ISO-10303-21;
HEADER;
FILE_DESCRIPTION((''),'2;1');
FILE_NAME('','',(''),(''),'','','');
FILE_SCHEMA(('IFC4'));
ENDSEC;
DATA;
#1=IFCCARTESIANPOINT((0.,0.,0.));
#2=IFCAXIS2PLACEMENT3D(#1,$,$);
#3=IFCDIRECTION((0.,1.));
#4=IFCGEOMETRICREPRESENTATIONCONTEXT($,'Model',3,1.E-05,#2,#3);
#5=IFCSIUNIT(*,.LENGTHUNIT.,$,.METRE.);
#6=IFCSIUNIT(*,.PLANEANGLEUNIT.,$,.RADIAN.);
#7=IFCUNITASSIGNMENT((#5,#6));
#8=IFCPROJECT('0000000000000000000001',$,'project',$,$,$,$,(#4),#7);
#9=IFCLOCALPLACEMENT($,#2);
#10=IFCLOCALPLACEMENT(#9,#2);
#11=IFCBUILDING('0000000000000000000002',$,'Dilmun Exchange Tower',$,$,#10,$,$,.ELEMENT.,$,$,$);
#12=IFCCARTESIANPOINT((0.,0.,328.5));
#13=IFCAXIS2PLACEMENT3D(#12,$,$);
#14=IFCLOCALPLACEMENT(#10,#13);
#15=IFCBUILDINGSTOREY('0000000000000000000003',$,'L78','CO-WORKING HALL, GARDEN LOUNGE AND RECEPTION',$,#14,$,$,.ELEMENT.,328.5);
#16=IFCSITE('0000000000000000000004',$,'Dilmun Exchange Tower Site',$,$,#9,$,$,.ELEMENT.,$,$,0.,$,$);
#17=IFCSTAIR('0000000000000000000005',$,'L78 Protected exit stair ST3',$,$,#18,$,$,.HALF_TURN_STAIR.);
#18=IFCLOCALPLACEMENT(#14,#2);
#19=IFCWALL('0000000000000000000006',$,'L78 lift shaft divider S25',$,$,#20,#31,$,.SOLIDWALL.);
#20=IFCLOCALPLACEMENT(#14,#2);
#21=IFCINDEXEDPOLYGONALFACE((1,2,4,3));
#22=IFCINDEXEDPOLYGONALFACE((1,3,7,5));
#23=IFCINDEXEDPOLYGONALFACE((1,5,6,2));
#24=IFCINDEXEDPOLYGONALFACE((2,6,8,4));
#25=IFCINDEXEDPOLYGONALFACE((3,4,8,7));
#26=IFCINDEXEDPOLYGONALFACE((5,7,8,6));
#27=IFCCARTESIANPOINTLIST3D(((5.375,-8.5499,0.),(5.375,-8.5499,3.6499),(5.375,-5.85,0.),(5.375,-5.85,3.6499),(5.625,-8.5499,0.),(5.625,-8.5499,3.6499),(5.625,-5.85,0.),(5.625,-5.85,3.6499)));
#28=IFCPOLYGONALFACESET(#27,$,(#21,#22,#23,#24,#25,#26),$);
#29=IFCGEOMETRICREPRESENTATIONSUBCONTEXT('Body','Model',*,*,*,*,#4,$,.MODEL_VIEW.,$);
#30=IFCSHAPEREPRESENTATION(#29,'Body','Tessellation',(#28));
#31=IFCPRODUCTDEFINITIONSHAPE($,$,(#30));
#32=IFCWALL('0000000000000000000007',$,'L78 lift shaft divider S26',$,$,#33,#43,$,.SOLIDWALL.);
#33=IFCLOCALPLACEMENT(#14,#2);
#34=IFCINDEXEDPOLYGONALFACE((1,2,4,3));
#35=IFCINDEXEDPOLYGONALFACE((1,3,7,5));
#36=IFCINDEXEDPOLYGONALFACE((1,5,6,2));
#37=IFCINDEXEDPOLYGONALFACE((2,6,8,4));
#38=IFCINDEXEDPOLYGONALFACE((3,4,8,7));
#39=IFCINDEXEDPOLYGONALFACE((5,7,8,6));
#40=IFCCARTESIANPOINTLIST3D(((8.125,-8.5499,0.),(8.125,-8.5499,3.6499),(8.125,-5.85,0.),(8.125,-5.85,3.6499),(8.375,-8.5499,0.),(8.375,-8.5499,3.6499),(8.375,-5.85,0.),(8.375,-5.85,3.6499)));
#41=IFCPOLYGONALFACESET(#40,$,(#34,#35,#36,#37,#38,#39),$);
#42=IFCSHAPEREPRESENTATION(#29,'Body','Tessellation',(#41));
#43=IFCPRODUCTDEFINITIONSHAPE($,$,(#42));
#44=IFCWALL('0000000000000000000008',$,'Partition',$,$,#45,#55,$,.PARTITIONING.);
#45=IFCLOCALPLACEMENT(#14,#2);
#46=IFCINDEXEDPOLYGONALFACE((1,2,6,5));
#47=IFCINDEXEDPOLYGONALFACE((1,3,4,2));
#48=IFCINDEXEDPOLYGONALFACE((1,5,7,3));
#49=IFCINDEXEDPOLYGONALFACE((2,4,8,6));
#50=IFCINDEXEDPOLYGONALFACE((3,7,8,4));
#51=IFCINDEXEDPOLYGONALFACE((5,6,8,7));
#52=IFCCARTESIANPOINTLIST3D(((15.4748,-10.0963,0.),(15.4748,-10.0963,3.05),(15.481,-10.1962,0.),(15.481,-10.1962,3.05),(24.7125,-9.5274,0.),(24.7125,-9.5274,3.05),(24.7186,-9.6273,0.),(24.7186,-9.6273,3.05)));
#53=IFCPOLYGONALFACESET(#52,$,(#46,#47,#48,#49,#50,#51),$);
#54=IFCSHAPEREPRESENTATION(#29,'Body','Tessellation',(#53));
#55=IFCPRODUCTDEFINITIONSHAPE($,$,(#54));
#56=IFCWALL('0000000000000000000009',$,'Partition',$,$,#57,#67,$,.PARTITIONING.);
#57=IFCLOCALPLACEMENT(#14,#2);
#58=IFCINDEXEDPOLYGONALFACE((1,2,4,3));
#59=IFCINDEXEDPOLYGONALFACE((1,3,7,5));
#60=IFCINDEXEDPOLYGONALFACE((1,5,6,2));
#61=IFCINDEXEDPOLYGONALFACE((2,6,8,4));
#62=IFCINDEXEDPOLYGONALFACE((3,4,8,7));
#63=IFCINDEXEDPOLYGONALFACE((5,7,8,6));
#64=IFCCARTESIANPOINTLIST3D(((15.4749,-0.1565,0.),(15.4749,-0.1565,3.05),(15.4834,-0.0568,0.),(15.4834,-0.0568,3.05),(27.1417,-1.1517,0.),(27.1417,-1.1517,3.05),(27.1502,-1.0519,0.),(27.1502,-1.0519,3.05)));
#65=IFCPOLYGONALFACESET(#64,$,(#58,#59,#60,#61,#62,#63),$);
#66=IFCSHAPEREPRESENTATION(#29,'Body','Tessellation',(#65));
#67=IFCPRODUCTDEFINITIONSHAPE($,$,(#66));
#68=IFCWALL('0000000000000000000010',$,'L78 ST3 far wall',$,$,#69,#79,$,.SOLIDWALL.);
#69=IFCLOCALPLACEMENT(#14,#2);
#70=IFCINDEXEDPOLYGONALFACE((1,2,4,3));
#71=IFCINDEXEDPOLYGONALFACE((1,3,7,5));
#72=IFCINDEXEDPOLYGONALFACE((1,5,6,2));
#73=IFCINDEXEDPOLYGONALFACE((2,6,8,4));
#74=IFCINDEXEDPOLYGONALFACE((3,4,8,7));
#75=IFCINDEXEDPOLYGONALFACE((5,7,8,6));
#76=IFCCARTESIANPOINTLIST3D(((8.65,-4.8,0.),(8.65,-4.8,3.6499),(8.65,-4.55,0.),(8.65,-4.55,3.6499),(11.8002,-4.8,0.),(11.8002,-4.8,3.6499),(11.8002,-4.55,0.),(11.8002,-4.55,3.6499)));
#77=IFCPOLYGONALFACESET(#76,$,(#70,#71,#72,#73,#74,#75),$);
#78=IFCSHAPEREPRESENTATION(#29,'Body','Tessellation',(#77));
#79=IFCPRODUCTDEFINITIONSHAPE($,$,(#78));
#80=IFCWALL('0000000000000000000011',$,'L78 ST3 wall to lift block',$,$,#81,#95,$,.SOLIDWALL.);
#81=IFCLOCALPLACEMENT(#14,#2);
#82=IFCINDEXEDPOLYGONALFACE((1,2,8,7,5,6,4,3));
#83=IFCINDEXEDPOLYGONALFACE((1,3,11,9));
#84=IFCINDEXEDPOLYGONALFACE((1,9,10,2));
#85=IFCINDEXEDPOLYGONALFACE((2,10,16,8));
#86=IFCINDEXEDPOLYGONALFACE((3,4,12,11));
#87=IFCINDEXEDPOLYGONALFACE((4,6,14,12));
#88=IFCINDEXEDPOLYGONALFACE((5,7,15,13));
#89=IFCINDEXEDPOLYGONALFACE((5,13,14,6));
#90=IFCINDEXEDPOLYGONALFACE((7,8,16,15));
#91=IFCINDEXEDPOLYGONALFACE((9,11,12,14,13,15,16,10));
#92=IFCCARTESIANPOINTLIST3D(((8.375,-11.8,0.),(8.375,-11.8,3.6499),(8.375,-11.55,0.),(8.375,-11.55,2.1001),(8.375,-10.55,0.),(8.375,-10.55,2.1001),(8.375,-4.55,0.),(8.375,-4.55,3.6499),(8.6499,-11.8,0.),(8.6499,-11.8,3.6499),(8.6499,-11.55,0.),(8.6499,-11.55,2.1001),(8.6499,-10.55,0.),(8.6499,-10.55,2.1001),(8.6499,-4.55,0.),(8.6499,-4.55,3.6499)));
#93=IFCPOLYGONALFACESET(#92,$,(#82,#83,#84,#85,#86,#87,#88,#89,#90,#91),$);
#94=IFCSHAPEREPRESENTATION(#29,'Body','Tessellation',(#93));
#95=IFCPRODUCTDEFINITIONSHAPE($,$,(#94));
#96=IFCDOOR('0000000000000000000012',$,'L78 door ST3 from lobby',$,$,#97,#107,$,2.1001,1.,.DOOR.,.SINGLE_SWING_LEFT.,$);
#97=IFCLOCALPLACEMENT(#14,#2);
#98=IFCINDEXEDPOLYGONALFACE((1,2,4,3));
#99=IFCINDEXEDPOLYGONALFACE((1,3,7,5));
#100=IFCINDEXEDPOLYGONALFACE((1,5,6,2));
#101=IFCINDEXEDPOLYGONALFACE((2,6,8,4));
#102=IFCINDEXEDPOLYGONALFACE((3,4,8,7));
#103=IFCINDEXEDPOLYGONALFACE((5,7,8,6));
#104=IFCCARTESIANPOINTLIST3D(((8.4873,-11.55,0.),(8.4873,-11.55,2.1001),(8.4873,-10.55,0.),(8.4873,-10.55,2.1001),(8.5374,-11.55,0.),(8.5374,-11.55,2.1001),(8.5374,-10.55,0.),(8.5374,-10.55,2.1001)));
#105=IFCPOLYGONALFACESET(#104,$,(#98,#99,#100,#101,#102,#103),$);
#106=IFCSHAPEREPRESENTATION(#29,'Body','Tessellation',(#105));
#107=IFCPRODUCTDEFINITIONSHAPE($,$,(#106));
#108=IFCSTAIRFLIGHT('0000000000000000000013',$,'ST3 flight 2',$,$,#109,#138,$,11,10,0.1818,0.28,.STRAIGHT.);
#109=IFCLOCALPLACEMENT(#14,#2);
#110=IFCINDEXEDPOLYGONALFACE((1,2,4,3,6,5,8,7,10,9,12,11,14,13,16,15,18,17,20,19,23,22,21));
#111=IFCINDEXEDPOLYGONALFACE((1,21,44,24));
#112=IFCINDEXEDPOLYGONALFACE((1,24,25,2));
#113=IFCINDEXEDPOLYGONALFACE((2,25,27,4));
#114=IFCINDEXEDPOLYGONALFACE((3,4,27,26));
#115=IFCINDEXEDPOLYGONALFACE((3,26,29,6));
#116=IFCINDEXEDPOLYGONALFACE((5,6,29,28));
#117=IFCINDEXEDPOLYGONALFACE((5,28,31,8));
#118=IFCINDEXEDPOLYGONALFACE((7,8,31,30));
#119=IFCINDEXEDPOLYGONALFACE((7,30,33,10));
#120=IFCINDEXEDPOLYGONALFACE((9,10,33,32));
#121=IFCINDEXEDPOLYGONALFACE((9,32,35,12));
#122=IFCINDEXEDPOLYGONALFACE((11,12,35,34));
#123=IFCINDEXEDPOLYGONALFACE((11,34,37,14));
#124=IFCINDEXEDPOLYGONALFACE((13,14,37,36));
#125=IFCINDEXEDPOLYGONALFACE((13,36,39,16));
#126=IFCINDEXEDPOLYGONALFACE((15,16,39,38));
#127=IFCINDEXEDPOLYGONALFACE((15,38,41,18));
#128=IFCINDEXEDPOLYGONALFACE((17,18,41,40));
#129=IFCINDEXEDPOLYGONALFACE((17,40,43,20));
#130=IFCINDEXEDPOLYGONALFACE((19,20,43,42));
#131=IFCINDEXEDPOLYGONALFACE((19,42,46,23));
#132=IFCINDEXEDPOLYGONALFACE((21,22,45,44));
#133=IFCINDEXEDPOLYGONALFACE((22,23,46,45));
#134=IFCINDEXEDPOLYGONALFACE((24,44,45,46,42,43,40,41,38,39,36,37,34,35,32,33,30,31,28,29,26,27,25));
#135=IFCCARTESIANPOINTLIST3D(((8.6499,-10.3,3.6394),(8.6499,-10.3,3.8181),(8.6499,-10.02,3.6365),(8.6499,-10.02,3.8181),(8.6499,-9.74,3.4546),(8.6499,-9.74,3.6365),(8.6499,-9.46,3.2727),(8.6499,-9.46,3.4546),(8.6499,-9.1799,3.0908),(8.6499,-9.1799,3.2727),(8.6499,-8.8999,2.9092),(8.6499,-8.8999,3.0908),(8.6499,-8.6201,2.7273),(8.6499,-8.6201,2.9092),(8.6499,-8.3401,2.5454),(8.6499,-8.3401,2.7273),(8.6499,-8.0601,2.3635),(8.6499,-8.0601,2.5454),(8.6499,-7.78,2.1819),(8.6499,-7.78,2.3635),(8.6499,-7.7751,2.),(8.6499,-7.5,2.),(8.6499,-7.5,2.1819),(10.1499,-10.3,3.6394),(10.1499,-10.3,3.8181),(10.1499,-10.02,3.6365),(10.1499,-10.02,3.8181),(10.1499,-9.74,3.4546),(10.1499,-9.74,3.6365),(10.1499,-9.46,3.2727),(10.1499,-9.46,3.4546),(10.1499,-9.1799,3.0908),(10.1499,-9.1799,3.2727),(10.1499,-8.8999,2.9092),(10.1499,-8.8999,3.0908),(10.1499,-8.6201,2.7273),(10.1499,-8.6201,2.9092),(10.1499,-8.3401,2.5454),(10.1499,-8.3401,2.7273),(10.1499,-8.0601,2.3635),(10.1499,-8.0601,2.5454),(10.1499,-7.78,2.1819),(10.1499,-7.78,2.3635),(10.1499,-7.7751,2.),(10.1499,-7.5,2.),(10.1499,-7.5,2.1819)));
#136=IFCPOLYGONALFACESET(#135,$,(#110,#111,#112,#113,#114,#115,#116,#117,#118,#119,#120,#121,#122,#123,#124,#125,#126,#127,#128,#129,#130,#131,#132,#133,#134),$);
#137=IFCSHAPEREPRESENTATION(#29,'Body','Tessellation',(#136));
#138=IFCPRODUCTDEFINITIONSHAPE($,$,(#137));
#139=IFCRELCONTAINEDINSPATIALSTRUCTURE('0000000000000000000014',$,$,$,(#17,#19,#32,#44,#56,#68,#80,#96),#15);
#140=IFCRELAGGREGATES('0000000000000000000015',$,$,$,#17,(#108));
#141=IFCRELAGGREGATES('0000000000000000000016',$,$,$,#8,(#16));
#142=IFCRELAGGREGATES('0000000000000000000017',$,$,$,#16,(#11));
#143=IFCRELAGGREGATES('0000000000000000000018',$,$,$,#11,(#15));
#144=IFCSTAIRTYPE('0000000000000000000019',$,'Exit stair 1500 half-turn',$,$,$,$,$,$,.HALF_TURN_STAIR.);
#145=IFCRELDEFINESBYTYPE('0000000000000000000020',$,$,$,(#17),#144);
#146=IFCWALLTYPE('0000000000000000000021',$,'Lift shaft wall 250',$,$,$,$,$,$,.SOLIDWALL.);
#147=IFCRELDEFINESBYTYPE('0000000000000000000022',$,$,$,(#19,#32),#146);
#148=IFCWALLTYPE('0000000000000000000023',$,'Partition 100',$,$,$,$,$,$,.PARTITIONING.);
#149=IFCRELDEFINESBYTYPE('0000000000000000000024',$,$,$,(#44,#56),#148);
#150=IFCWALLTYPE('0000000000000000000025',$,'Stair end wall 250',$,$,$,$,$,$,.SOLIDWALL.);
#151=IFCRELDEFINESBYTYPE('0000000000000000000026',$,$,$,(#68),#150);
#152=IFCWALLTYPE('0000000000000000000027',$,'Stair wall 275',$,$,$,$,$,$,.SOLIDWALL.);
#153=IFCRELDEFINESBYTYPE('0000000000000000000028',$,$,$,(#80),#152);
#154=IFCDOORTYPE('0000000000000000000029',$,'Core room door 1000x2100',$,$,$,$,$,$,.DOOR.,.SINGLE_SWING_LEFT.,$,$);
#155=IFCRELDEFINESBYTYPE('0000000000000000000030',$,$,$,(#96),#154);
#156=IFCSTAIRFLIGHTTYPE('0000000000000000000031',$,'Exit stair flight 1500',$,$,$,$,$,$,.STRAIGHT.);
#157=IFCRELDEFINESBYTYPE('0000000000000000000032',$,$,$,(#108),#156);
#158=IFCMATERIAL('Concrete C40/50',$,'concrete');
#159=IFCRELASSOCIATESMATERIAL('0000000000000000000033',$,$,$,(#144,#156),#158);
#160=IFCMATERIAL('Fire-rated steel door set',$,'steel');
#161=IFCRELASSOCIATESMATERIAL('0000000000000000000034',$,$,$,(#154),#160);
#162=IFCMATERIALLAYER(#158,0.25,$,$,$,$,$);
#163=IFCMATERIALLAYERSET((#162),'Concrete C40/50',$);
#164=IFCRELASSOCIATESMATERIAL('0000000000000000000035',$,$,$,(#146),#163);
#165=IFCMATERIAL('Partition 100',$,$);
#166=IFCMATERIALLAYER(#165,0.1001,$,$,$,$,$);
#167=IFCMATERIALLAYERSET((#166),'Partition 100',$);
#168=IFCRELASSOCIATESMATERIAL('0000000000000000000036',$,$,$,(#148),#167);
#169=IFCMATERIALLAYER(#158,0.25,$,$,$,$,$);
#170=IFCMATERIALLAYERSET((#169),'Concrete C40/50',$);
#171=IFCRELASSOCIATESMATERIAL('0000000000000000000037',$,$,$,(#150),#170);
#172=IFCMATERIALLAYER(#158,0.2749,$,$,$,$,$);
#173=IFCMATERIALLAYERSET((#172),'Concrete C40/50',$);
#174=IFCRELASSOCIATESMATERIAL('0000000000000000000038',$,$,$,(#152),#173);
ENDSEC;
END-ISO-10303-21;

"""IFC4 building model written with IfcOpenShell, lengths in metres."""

from ifc_helpers import new_model, si_unit, direction, frame, frame_2d, origin, place, context, subcontext, project, spatial, polyline, rectangle, outline, extrude, material, layer, layer_set, type_object, element, fill, aggregate, save


model = new_model("IFC4")

# Units and contexts
model_context = context("Model", 3, precision=1e-05, world=origin(), true_north=direction((0.0, 1.0)))
body_context = subcontext(model_context, "Body", "Model", "MODEL_VIEW")
ifc_project = project(units=[si_unit("LENGTHUNIT", "METRE"), si_unit("PLANEANGLEUNIT", "RADIAN")], contexts=[model_context])

# Site, building, storey
site_placement = place(None, origin())
site = spatial("IfcSite", under=ifc_project, at=site_placement, Name="Dilmun Exchange Tower Site", CompositionType="ELEMENT", RefElevation=0.0)
building_placement = place(site_placement, origin())
building = spatial("IfcBuilding", under=site, at=building_placement, Name="Dilmun Exchange Tower", CompositionType="ELEMENT")
storey_placement = place(building_placement, frame((0.0, 0.0, 328.5)))
storey = spatial("IfcBuildingStorey", under=building, at=storey_placement, Name="L78", Description="CO-WORKING HALL, GARDEN LOUNGE AND RECEPTION", CompositionType="ELEMENT", Elevation=328.5)

# Shared definitions
ifc_material_1 = material(Name="Concrete C40/50", Category="concrete")

# Stair
stair_type = type_object("IfcStairType", Name="Exit stair 1500 half-turn", PredefinedType="HALF_TURN_STAIR", material=ifc_material_1)
stair_placement = place(storey_placement, origin())
stair = element("IfcStair", 1, at=stair_placement, inside=storey, type_object=stair_type, Name="L78 Protected exit stair ST3", PredefinedType="HALF_TURN_STAIR")

# Shared definitions
ifc_material_2 = material(Name="Fire-rated steel door set", Category="steel")
door_type_1 = type_object("IfcDoorType", Name="Core room door 1000x2100", OperationType="SINGLE_SWING_LEFT", PredefinedType="DOOR", material=ifc_material_2)

# Walls
ifc_layer_1 = layer(ifc_material_1, 0.25)
ifc_layer_set_1 = layer_set([ifc_layer_1], Name="Concrete C40/50")
wall_type_1 = type_object("IfcWallType", Name="Lift shaft wall 250", PredefinedType="SOLIDWALL", material=ifc_layer_set_1)
for number, where, z_axis, x_axis, name in (
    (2, (5.5, -8.55, 0.0), (0.0, 0.0, 1.0), (0.0, 1.0, 0.0), "L78 lift shaft divider S25"),
    (3, (8.25, -8.55, 0.0), (0.0, 0.0, 1.0), (0.0, 1.0, 0.0), "L78 lift shaft divider S26"),
):
    element("IfcWall", number, at=place(storey_placement, frame(where, z_axis=z_axis, x_axis=x_axis)), inside=storey, type_object=wall_type_1, Name=name, PredefinedType="SOLIDWALL", context=body_context, shape_type="SweptSolid", body=[
        extrude(rectangle(XDim=2.7, YDim=0.25, at=frame_2d((1.3501, 0.0))), origin(), (0.0, 0.0, 1.0), 3.6499),
    ])
ifc_material_3 = material(Name="Partition 100")
ifc_layer_2 = layer(ifc_material_3, 0.1001)
ifc_layer_set_2 = layer_set([ifc_layer_2], Name="Partition 100")
wall_type_2 = type_object("IfcWallType", Name="Partition 100", PredefinedType="PARTITIONING", material=ifc_layer_set_2)
wall_1_placement = place(storey_placement, frame((15.478, -10.1462, 0.0), z_axis=(0.0, 0.0, 1.0), x_axis=(0.998109, 0.061464, 0.0)))
element("IfcWall", 4, at=wall_1_placement, inside=storey, type_object=wall_type_2, Name="Partition", PredefinedType="PARTITIONING", context=body_context, shape_type="SweptSolid", body=[
    extrude(rectangle(XDim=9.2551, YDim=0.1001, at=frame_2d((4.6274, 0.0))), origin(), (0.0, 0.0, 1.0), 3.05),
])
wall_2_placement = place(storey_placement, frame((15.4792, -0.1067, 0.0), z_axis=(0.0, 0.0, 1.0), x_axis=(0.996382, -0.084987, 0.0)))
element("IfcWall", 5, at=wall_2_placement, inside=storey, type_object=wall_type_2, Name="Partition", PredefinedType="PARTITIONING", context=body_context, shape_type="SweptSolid", body=[
    extrude(rectangle(XDim=11.7092, YDim=0.1001, at=frame_2d((5.8545, 0.0))), origin(), (0.0, 0.0, 1.0), 3.05),
])
ifc_layer_3 = layer(ifc_material_1, 0.25)
ifc_layer_set_3 = layer_set([ifc_layer_3], Name="Concrete C40/50")
wall_type_3 = type_object("IfcWallType", Name="Stair end wall 250", PredefinedType="SOLIDWALL", material=ifc_layer_set_3)
wall_3_placement = place(storey_placement, frame((8.6499, -4.675, 0.0), z_axis=(0.0, 0.0, 1.0), x_axis=(1.0, 0.0, 0.0)))
element("IfcWall", 6, at=wall_3_placement, inside=storey, type_object=wall_type_3, Name="L78 ST3 far wall", PredefinedType="SOLIDWALL", context=body_context, shape_type="SweptSolid", body=[
    extrude(rectangle(XDim=3.1501, YDim=0.25, at=frame_2d((1.5752, 0.0))), origin(), (0.0, 0.0, 1.0), 3.6499),
])

# Wall, opening, door
ifc_layer_4 = layer(ifc_material_1, 0.2749)
ifc_layer_set_4 = layer_set([ifc_layer_4], Name="Concrete C40/50")
wall_type_4 = type_object("IfcWallType", Name="Stair wall 275", PredefinedType="SOLIDWALL", material=ifc_layer_set_4)
wall_4_placement = place(storey_placement, frame((8.5125, -4.55, 0.0), z_axis=(0.0, 0.0, 1.0), x_axis=(0.0, -1.0, 0.0)))
wall_4 = element("IfcWall", 7, at=wall_4_placement, inside=storey, type_object=wall_type_4, Name="L78 ST3 wall to lift block", PredefinedType="SOLIDWALL", context=body_context, shape_type="SweptSolid", body=[
    extrude(rectangle(XDim=7.25, YDim=0.2749, at=frame_2d((3.625, 0.0))), origin(), (0.0, 0.0, 1.0), 3.6499),
])
opening_1_placement = place(wall_4_placement, frame((6.0, 0.0, 0.0)))
opening_1 = element("IfcOpeningElement", 8, at=opening_1_placement, cuts=wall_4, PredefinedType="OPENING", context=body_context, shape_type="SweptSolid", body=[
    extrude(rectangle(XDim=1.0, YDim=2.1001, at=frame_2d((0.5, 1.05))), frame((0.0, 0.1475, 0.0), z_axis=(0.0, -1.0, 0.0), x_axis=(1.0, 0.0, 0.0)), (0.0, 0.0, 1.0), 0.2949),
])
door_1_placement = place(opening_1_placement, origin())
door_1 = element("IfcDoor", 9, at=door_1_placement, inside=storey, type_object=door_type_1, Name="L78 door ST3 from lobby", OperationType="SINGLE_SWING_LEFT", OverallHeight=2.1001, OverallWidth=1.0, PredefinedType="DOOR", context=body_context, shape_type="SweptSolid", body=[
    extrude(rectangle(XDim=1.0, YDim=2.1001, at=frame_2d((0.5, 1.05))), frame((0.0, 0.0249, 0.0), z_axis=(0.0, -1.0, 0.0), x_axis=(1.0, 0.0, 0.0)), (0.0, 0.0, 1.0), 0.05),
])
fill(opening_1, door_1)

# Stair flight
stair_flight_type = type_object("IfcStairFlightType", Name="Exit stair flight 1500", PredefinedType="STRAIGHT", material=ifc_material_1)
stair_flight_placement = place(storey_placement, frame((9.3999, -7.5, 2.0), z_axis=(0.0, 0.0, 1.0), x_axis=(0.0, -1.0, 0.0)))
stair_flight = element("IfcStairFlight", 10, at=stair_flight_placement, type_object=stair_flight_type, Name="ST3 flight 2", NumberOfRisers=11, NumberOfTreads=10, PredefinedType="STRAIGHT", RiserHeight=0.1818, TreadLength=0.28, context=body_context, shape_type="SweptSolid", body=[
    extrude(outline(polyline([(0.0, 0.0), (0.0, 0.1819), (0.28, 0.1819), (0.28, 0.3635), (0.5601, 0.3635), (0.5601, 0.5454), (0.8401, 0.5454), (0.8401, 0.7273), (1.1201, 0.7273), (1.1201, 0.9092), (1.3999, 0.9092), (1.3999, 1.0908), (1.6799, 1.0908), (1.6799, 1.2727), (1.96, 1.2727), (1.96, 1.4546), (2.24, 1.4546), (2.24, 1.6365), (2.52, 1.6365), (2.52, 1.8181), (2.8, 1.8181), (2.8, 2.0), (2.8, 1.6394), (0.2751, 0.0), (0.0, 0.0)])), frame((0.0, 0.75, 0.0), z_axis=(0.0, -1.0, 0.0), x_axis=(1.0, 0.0, 0.0)), (0.0, 0.0, 1.0), 1.5),
])
aggregate(stair, [stair_flight])

save(model, "model.ifc")
